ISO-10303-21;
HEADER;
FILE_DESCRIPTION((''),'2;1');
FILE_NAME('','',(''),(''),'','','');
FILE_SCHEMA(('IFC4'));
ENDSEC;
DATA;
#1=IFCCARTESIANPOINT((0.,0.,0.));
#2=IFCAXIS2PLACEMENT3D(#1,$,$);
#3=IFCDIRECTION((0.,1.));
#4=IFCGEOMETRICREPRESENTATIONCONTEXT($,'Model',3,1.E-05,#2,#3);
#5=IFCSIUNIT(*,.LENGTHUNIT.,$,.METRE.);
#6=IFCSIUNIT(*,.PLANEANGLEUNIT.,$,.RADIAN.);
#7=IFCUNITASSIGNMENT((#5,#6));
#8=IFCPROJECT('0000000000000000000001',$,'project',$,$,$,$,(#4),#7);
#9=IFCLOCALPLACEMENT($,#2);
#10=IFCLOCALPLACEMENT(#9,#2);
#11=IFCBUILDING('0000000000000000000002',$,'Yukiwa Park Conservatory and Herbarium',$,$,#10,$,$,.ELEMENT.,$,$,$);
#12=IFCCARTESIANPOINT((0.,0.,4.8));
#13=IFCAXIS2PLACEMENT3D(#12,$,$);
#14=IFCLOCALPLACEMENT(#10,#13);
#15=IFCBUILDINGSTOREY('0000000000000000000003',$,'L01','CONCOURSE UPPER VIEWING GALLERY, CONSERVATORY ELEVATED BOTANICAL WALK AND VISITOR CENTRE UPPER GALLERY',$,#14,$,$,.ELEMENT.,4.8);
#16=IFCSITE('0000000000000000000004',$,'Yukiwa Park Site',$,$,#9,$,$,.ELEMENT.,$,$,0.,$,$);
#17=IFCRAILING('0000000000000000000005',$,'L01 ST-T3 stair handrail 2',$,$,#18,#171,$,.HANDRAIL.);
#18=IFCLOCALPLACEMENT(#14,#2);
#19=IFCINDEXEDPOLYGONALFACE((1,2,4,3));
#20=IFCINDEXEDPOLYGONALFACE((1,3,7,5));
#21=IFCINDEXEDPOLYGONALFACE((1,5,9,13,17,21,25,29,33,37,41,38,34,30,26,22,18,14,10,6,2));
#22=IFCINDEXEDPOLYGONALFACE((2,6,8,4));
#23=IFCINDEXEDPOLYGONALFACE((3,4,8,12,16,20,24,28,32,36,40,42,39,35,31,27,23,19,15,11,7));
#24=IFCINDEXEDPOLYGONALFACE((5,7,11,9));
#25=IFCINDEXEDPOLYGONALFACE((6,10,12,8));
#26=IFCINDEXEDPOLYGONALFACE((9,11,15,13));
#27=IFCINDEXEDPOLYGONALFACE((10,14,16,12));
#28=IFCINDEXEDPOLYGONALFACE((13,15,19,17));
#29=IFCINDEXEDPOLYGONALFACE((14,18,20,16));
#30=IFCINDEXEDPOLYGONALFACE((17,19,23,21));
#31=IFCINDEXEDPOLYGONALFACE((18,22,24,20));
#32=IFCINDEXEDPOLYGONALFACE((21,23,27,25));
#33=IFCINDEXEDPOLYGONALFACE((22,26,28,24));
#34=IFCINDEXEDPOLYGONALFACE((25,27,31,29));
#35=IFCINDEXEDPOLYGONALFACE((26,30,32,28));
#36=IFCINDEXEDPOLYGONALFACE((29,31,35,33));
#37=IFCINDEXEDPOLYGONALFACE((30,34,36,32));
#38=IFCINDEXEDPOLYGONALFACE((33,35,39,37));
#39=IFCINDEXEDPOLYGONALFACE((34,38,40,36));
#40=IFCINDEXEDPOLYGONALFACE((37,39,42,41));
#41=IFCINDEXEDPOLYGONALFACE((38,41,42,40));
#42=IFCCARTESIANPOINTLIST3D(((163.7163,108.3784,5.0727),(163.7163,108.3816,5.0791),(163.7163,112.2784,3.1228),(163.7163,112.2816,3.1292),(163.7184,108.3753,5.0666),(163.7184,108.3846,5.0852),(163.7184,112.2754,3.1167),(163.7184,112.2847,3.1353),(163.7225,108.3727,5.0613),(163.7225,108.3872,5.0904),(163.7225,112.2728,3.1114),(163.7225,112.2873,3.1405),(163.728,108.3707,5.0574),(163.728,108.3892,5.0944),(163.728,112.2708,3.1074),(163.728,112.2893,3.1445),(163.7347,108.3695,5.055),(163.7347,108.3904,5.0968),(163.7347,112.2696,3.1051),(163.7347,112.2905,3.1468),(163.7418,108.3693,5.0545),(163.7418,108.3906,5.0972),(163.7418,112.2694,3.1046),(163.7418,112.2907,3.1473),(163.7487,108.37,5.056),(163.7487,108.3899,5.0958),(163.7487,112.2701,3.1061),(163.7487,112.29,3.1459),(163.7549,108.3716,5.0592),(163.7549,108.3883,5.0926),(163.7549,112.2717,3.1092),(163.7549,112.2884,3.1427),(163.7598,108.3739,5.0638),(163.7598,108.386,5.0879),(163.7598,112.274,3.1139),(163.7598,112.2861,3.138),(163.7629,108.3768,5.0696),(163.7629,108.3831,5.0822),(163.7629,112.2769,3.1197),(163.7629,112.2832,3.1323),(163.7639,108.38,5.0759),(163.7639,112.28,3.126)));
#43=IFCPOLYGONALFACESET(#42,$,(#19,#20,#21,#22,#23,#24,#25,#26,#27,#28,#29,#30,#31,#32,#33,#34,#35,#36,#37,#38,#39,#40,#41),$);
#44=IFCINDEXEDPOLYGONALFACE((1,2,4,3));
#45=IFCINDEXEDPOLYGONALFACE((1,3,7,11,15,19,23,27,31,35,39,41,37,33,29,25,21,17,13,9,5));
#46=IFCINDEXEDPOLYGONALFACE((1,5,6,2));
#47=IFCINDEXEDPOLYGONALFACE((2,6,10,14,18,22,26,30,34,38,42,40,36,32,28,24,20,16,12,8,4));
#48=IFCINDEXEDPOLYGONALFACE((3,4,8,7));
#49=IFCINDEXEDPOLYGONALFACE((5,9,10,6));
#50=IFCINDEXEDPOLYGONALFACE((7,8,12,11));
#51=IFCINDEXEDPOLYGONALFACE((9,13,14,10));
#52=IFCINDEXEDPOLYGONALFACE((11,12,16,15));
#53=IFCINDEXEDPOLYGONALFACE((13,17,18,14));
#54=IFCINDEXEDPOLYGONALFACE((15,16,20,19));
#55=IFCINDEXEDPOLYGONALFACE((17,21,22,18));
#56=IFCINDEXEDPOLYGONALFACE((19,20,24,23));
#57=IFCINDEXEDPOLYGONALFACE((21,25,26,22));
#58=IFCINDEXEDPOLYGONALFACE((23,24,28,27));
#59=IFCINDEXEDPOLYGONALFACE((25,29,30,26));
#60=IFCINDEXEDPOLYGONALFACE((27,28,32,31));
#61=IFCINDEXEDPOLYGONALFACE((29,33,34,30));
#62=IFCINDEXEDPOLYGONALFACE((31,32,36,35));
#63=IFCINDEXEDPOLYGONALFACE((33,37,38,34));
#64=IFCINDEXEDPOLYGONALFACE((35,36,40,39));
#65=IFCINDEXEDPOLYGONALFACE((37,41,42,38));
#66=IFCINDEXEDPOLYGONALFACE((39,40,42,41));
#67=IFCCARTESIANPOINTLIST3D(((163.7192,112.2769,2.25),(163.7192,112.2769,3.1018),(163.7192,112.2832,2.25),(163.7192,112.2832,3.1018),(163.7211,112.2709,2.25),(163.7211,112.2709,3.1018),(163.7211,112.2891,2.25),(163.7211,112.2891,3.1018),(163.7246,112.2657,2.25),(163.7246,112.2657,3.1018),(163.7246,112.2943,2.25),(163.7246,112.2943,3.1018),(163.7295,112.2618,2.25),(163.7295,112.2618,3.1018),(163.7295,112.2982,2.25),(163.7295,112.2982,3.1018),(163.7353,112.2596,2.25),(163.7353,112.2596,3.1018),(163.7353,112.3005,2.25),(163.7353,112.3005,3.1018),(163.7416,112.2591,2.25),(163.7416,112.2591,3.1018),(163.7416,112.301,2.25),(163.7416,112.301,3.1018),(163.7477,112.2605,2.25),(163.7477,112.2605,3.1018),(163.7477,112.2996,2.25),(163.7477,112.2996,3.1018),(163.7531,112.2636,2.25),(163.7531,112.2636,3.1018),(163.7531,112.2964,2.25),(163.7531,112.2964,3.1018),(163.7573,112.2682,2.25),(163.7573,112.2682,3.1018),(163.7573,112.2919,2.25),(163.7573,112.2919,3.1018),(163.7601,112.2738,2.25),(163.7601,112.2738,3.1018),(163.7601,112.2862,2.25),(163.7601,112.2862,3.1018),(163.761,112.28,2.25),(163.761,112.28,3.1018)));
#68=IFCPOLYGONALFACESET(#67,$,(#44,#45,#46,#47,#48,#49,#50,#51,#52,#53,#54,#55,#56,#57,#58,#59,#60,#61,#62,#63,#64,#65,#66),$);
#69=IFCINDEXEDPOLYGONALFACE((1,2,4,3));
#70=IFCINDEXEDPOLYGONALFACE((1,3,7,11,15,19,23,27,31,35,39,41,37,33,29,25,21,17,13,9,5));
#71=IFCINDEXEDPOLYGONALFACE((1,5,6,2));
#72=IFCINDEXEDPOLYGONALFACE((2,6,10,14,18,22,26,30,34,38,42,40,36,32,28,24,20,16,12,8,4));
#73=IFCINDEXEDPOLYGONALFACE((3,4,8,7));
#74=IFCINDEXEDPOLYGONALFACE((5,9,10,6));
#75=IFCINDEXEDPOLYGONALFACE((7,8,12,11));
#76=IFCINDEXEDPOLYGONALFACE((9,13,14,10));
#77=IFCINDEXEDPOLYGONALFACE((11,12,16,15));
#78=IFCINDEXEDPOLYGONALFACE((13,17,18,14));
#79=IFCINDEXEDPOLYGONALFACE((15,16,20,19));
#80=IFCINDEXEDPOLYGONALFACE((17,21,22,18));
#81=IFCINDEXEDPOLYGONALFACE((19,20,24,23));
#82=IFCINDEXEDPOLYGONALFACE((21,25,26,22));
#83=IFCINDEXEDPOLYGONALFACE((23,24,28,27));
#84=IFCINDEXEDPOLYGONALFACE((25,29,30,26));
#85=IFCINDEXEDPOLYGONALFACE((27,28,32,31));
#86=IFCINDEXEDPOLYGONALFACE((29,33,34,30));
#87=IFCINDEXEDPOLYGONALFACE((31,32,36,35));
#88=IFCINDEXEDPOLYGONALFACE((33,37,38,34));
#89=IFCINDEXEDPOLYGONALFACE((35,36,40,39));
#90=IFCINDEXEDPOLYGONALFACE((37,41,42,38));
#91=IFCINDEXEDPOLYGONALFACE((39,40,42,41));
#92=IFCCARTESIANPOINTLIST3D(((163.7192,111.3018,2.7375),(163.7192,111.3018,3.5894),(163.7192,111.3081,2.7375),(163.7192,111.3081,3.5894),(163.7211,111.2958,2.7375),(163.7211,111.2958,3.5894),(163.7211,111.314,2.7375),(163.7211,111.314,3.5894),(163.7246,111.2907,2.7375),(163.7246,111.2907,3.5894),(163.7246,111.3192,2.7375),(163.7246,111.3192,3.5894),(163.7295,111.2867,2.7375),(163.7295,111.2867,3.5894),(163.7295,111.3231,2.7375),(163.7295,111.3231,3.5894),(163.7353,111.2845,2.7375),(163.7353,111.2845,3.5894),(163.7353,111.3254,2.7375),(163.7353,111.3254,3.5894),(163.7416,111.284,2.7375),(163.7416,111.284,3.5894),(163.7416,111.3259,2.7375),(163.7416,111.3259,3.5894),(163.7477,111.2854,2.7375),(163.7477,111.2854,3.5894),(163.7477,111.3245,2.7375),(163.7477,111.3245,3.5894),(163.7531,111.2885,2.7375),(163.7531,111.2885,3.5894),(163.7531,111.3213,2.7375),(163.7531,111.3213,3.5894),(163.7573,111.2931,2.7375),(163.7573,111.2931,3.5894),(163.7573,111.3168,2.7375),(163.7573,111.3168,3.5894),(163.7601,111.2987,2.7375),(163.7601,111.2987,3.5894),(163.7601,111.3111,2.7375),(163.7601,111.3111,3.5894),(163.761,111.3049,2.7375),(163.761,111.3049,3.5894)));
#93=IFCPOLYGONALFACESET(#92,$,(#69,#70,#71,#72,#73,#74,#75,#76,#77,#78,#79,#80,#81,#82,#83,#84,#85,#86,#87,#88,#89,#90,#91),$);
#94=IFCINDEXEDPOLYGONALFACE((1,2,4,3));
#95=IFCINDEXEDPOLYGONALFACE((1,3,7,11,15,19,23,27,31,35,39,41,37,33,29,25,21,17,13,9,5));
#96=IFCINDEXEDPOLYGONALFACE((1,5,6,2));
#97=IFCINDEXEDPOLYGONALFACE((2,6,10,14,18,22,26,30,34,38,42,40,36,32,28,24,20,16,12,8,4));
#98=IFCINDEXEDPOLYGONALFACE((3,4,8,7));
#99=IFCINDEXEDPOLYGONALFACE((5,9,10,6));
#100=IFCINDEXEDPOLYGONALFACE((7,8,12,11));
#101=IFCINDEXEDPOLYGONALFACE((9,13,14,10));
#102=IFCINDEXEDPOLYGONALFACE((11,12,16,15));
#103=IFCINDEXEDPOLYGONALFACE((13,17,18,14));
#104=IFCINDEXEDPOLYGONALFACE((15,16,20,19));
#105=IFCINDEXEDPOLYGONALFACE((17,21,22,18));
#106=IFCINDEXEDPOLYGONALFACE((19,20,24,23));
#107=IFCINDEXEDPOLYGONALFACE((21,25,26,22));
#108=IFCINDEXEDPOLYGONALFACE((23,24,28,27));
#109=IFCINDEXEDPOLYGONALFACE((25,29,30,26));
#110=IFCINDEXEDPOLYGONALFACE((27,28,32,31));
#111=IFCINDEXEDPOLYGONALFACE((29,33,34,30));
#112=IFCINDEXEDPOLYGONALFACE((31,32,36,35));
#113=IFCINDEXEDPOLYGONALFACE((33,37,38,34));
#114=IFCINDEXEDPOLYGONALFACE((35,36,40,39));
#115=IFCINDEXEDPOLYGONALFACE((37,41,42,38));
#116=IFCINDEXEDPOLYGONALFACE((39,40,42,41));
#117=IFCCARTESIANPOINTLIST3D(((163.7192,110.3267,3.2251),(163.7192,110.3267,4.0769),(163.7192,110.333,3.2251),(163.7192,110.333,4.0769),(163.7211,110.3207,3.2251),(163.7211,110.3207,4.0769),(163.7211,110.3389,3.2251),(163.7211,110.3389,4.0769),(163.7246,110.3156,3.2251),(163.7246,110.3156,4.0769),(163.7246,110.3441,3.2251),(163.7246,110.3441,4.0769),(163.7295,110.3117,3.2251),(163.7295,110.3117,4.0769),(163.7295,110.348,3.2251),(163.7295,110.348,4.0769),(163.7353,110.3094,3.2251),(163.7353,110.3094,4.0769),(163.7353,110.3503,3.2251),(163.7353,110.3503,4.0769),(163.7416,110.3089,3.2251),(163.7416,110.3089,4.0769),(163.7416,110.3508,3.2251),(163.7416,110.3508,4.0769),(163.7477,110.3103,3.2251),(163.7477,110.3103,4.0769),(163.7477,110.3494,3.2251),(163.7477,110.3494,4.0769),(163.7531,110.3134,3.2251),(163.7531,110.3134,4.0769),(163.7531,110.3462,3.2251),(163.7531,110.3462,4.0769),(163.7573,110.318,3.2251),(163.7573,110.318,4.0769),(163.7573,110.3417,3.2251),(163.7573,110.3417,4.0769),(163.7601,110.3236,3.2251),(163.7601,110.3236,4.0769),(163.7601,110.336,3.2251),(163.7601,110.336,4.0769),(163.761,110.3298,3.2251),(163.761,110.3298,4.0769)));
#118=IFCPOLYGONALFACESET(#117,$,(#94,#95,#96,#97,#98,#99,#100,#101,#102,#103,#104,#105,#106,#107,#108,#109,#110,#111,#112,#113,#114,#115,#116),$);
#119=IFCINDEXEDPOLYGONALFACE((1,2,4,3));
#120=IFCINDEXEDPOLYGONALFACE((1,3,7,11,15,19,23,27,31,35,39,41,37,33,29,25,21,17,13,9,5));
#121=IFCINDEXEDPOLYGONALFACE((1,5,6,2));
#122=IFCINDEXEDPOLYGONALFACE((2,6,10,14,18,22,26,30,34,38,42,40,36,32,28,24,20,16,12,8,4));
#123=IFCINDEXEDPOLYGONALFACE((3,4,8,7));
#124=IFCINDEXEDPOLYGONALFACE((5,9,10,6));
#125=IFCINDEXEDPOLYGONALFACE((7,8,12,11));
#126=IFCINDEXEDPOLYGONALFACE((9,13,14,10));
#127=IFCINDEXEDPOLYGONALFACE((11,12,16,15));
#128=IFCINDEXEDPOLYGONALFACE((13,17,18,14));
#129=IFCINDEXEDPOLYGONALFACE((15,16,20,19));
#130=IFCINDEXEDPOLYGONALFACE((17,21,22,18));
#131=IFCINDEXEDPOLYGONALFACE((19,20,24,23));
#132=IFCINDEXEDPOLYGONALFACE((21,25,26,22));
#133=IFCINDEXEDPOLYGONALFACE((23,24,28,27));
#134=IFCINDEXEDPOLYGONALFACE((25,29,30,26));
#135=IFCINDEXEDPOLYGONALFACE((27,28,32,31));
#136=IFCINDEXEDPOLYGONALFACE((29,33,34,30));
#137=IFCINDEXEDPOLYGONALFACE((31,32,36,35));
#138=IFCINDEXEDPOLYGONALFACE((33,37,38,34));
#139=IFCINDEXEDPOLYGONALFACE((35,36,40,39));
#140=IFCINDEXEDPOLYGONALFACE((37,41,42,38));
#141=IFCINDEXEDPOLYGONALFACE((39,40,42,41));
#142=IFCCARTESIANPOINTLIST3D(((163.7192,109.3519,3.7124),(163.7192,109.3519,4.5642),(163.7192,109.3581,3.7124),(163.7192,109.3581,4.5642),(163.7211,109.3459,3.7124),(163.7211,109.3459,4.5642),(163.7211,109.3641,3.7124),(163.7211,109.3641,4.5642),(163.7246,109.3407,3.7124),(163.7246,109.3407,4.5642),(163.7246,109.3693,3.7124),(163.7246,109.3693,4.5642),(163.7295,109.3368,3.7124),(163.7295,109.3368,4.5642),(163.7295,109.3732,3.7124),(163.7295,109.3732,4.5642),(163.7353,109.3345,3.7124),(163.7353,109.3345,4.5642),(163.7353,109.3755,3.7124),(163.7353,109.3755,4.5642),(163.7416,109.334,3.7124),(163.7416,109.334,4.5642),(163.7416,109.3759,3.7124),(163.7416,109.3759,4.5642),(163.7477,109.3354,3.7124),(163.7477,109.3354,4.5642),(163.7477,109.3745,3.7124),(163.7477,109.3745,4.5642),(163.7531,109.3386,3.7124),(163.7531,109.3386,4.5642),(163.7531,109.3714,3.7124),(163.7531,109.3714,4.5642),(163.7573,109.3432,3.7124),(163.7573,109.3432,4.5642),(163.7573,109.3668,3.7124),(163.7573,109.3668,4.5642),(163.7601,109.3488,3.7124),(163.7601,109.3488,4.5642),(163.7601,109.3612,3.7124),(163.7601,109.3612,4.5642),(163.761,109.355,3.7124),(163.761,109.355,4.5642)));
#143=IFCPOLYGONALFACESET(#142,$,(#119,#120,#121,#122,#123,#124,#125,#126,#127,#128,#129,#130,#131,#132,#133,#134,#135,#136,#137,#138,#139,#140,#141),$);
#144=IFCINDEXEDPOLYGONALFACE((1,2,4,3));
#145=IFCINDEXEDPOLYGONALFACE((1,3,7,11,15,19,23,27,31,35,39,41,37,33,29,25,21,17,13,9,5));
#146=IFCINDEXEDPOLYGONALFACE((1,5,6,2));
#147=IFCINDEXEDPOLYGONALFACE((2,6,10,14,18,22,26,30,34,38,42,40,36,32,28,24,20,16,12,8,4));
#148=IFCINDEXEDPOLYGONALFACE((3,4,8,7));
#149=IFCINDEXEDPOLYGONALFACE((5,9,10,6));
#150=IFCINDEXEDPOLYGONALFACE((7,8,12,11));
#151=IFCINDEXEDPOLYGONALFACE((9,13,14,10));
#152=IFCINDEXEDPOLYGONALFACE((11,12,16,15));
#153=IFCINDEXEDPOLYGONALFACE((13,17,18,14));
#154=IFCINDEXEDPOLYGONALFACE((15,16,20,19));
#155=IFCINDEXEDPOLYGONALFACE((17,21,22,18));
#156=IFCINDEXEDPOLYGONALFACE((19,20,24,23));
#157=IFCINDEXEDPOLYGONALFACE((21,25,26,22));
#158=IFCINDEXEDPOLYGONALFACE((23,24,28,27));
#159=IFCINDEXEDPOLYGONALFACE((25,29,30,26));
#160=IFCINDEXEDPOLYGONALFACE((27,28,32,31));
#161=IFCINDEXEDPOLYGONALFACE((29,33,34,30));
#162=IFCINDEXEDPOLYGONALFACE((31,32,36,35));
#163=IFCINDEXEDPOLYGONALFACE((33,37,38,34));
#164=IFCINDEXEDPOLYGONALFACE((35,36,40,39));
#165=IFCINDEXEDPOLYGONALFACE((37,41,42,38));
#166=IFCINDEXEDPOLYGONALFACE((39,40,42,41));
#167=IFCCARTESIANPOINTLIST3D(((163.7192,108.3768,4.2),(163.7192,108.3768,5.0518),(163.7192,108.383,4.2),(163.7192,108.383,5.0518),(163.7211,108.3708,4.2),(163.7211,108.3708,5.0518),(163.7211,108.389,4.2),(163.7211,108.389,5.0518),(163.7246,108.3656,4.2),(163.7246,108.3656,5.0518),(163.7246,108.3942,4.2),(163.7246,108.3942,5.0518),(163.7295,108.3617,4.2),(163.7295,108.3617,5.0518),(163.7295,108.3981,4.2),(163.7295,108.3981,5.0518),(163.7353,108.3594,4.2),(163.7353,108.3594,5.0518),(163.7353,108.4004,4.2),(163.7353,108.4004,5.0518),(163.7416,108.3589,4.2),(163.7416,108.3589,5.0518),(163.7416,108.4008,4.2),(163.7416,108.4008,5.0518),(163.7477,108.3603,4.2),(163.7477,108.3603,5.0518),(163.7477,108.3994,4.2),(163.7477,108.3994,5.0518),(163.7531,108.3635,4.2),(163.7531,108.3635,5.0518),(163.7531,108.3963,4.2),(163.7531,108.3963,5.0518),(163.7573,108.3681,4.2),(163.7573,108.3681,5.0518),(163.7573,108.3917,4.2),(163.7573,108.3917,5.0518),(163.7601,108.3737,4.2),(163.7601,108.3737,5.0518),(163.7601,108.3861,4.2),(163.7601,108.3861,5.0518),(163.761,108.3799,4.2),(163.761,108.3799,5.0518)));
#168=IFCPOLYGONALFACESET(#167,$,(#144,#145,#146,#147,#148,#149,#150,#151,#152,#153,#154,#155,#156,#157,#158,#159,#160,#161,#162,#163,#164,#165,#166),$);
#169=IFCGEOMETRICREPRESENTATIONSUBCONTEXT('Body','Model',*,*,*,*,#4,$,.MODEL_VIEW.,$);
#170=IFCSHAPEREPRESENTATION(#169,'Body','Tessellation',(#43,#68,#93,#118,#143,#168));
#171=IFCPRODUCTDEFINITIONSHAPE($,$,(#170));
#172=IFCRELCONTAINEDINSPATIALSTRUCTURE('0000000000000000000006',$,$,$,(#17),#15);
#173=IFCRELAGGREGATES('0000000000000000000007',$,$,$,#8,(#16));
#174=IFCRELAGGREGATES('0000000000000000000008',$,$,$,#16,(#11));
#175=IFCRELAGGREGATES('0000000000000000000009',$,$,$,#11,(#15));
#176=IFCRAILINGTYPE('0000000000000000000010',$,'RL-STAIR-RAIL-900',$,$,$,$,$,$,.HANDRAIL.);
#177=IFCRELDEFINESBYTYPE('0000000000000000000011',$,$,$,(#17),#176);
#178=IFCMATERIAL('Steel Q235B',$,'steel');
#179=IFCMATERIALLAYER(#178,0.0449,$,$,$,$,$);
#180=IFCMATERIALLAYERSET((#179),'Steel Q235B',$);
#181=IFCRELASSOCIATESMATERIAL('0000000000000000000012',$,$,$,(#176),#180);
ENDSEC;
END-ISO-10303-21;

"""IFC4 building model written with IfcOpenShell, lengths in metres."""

from ifc_helpers import new_model, si_unit, direction, frame, origin, origin_2d, place, context, subcontext, project, spatial, circle, extrude, material, layer, layer_set, type_object, element, save


model = new_model("IFC4")

# Units and contexts
model_context = context("Model", 3, precision=1e-05, world=origin(), true_north=direction((0.0, 1.0)))
body_context = subcontext(model_context, "Body", "Model", "MODEL_VIEW")
ifc_project = project(units=[si_unit("LENGTHUNIT", "METRE"), si_unit("PLANEANGLEUNIT", "RADIAN")], contexts=[model_context])

# Site, building, storey
site_placement = place(None, origin())
site = spatial("IfcSite", under=ifc_project, at=site_placement, Name="Yukiwa Park Site", CompositionType="ELEMENT", RefElevation=0.0)
building_placement = place(site_placement, origin())
building = spatial("IfcBuilding", under=site, at=building_placement, Name="Yukiwa Park Conservatory and Herbarium", CompositionType="ELEMENT")
storey_placement = place(building_placement, frame((0.0, 0.0, 4.8)))
storey = spatial("IfcBuildingStorey", under=building, at=storey_placement, Name="L01", Description="CONCOURSE UPPER VIEWING GALLERY, CONSERVATORY ELEVATED BOTANICAL WALK AND VISITOR CENTRE UPPER GALLERY", CompositionType="ELEMENT", Elevation=4.8)

# Railing
ifc_material_1 = material(Name="Steel Q235B", Category="steel")
ifc_layer_1 = layer(ifc_material_1, 0.0449)
ifc_layer_set_1 = layer_set([ifc_layer_1], Name="Steel Q235B")
railing_type_1 = type_object("IfcRailingType", Name="RL-STAIR-RAIL-900", PredefinedType="HANDRAIL", material=ifc_layer_set_1)
railing_1_placement = place(storey_placement, frame((163.74, 112.28, 2.25)))
element("IfcRailing", 1, at=railing_1_placement, inside=storey, type_object=railing_type_1, Name="L01 ST-T3 stair handrail 2", PredefinedType="HANDRAIL", context=body_context, shape_type="SweptSolid", body=[
    extrude(circle(Radius=0.0239, at=origin_2d()), frame((0.0, 0.0, 0.876), z_axis=(0.0, -0.894438, 0.447191), x_axis=(1.0, 0.0, 0.0)), (0.0, 0.0, 1.0), 4.3604),
    extrude(circle(Radius=0.021, at=origin_2d()), origin(), (0.0, 0.0, 1.0), 0.8518),
    extrude(circle(Radius=0.021, at=origin_2d()), frame((0.0, -0.9751, 0.4875)), (0.0, 0.0, 1.0), 0.8518),
    extrude(circle(Radius=0.021, at=origin_2d()), frame((0.0, -1.9502, 0.9751)), (0.0, 0.0, 1.0), 0.8518),
    extrude(circle(Radius=0.021, at=origin_2d()), frame((0.0, -2.925, 1.4624)), (0.0, 0.0, 1.0), 0.8518),
    extrude(circle(Radius=0.021, at=origin_2d()), frame((0.0, -3.9001, 1.95)), (0.0, 0.0, 1.0), 0.8518),
])

save(model, "model.ifc")
